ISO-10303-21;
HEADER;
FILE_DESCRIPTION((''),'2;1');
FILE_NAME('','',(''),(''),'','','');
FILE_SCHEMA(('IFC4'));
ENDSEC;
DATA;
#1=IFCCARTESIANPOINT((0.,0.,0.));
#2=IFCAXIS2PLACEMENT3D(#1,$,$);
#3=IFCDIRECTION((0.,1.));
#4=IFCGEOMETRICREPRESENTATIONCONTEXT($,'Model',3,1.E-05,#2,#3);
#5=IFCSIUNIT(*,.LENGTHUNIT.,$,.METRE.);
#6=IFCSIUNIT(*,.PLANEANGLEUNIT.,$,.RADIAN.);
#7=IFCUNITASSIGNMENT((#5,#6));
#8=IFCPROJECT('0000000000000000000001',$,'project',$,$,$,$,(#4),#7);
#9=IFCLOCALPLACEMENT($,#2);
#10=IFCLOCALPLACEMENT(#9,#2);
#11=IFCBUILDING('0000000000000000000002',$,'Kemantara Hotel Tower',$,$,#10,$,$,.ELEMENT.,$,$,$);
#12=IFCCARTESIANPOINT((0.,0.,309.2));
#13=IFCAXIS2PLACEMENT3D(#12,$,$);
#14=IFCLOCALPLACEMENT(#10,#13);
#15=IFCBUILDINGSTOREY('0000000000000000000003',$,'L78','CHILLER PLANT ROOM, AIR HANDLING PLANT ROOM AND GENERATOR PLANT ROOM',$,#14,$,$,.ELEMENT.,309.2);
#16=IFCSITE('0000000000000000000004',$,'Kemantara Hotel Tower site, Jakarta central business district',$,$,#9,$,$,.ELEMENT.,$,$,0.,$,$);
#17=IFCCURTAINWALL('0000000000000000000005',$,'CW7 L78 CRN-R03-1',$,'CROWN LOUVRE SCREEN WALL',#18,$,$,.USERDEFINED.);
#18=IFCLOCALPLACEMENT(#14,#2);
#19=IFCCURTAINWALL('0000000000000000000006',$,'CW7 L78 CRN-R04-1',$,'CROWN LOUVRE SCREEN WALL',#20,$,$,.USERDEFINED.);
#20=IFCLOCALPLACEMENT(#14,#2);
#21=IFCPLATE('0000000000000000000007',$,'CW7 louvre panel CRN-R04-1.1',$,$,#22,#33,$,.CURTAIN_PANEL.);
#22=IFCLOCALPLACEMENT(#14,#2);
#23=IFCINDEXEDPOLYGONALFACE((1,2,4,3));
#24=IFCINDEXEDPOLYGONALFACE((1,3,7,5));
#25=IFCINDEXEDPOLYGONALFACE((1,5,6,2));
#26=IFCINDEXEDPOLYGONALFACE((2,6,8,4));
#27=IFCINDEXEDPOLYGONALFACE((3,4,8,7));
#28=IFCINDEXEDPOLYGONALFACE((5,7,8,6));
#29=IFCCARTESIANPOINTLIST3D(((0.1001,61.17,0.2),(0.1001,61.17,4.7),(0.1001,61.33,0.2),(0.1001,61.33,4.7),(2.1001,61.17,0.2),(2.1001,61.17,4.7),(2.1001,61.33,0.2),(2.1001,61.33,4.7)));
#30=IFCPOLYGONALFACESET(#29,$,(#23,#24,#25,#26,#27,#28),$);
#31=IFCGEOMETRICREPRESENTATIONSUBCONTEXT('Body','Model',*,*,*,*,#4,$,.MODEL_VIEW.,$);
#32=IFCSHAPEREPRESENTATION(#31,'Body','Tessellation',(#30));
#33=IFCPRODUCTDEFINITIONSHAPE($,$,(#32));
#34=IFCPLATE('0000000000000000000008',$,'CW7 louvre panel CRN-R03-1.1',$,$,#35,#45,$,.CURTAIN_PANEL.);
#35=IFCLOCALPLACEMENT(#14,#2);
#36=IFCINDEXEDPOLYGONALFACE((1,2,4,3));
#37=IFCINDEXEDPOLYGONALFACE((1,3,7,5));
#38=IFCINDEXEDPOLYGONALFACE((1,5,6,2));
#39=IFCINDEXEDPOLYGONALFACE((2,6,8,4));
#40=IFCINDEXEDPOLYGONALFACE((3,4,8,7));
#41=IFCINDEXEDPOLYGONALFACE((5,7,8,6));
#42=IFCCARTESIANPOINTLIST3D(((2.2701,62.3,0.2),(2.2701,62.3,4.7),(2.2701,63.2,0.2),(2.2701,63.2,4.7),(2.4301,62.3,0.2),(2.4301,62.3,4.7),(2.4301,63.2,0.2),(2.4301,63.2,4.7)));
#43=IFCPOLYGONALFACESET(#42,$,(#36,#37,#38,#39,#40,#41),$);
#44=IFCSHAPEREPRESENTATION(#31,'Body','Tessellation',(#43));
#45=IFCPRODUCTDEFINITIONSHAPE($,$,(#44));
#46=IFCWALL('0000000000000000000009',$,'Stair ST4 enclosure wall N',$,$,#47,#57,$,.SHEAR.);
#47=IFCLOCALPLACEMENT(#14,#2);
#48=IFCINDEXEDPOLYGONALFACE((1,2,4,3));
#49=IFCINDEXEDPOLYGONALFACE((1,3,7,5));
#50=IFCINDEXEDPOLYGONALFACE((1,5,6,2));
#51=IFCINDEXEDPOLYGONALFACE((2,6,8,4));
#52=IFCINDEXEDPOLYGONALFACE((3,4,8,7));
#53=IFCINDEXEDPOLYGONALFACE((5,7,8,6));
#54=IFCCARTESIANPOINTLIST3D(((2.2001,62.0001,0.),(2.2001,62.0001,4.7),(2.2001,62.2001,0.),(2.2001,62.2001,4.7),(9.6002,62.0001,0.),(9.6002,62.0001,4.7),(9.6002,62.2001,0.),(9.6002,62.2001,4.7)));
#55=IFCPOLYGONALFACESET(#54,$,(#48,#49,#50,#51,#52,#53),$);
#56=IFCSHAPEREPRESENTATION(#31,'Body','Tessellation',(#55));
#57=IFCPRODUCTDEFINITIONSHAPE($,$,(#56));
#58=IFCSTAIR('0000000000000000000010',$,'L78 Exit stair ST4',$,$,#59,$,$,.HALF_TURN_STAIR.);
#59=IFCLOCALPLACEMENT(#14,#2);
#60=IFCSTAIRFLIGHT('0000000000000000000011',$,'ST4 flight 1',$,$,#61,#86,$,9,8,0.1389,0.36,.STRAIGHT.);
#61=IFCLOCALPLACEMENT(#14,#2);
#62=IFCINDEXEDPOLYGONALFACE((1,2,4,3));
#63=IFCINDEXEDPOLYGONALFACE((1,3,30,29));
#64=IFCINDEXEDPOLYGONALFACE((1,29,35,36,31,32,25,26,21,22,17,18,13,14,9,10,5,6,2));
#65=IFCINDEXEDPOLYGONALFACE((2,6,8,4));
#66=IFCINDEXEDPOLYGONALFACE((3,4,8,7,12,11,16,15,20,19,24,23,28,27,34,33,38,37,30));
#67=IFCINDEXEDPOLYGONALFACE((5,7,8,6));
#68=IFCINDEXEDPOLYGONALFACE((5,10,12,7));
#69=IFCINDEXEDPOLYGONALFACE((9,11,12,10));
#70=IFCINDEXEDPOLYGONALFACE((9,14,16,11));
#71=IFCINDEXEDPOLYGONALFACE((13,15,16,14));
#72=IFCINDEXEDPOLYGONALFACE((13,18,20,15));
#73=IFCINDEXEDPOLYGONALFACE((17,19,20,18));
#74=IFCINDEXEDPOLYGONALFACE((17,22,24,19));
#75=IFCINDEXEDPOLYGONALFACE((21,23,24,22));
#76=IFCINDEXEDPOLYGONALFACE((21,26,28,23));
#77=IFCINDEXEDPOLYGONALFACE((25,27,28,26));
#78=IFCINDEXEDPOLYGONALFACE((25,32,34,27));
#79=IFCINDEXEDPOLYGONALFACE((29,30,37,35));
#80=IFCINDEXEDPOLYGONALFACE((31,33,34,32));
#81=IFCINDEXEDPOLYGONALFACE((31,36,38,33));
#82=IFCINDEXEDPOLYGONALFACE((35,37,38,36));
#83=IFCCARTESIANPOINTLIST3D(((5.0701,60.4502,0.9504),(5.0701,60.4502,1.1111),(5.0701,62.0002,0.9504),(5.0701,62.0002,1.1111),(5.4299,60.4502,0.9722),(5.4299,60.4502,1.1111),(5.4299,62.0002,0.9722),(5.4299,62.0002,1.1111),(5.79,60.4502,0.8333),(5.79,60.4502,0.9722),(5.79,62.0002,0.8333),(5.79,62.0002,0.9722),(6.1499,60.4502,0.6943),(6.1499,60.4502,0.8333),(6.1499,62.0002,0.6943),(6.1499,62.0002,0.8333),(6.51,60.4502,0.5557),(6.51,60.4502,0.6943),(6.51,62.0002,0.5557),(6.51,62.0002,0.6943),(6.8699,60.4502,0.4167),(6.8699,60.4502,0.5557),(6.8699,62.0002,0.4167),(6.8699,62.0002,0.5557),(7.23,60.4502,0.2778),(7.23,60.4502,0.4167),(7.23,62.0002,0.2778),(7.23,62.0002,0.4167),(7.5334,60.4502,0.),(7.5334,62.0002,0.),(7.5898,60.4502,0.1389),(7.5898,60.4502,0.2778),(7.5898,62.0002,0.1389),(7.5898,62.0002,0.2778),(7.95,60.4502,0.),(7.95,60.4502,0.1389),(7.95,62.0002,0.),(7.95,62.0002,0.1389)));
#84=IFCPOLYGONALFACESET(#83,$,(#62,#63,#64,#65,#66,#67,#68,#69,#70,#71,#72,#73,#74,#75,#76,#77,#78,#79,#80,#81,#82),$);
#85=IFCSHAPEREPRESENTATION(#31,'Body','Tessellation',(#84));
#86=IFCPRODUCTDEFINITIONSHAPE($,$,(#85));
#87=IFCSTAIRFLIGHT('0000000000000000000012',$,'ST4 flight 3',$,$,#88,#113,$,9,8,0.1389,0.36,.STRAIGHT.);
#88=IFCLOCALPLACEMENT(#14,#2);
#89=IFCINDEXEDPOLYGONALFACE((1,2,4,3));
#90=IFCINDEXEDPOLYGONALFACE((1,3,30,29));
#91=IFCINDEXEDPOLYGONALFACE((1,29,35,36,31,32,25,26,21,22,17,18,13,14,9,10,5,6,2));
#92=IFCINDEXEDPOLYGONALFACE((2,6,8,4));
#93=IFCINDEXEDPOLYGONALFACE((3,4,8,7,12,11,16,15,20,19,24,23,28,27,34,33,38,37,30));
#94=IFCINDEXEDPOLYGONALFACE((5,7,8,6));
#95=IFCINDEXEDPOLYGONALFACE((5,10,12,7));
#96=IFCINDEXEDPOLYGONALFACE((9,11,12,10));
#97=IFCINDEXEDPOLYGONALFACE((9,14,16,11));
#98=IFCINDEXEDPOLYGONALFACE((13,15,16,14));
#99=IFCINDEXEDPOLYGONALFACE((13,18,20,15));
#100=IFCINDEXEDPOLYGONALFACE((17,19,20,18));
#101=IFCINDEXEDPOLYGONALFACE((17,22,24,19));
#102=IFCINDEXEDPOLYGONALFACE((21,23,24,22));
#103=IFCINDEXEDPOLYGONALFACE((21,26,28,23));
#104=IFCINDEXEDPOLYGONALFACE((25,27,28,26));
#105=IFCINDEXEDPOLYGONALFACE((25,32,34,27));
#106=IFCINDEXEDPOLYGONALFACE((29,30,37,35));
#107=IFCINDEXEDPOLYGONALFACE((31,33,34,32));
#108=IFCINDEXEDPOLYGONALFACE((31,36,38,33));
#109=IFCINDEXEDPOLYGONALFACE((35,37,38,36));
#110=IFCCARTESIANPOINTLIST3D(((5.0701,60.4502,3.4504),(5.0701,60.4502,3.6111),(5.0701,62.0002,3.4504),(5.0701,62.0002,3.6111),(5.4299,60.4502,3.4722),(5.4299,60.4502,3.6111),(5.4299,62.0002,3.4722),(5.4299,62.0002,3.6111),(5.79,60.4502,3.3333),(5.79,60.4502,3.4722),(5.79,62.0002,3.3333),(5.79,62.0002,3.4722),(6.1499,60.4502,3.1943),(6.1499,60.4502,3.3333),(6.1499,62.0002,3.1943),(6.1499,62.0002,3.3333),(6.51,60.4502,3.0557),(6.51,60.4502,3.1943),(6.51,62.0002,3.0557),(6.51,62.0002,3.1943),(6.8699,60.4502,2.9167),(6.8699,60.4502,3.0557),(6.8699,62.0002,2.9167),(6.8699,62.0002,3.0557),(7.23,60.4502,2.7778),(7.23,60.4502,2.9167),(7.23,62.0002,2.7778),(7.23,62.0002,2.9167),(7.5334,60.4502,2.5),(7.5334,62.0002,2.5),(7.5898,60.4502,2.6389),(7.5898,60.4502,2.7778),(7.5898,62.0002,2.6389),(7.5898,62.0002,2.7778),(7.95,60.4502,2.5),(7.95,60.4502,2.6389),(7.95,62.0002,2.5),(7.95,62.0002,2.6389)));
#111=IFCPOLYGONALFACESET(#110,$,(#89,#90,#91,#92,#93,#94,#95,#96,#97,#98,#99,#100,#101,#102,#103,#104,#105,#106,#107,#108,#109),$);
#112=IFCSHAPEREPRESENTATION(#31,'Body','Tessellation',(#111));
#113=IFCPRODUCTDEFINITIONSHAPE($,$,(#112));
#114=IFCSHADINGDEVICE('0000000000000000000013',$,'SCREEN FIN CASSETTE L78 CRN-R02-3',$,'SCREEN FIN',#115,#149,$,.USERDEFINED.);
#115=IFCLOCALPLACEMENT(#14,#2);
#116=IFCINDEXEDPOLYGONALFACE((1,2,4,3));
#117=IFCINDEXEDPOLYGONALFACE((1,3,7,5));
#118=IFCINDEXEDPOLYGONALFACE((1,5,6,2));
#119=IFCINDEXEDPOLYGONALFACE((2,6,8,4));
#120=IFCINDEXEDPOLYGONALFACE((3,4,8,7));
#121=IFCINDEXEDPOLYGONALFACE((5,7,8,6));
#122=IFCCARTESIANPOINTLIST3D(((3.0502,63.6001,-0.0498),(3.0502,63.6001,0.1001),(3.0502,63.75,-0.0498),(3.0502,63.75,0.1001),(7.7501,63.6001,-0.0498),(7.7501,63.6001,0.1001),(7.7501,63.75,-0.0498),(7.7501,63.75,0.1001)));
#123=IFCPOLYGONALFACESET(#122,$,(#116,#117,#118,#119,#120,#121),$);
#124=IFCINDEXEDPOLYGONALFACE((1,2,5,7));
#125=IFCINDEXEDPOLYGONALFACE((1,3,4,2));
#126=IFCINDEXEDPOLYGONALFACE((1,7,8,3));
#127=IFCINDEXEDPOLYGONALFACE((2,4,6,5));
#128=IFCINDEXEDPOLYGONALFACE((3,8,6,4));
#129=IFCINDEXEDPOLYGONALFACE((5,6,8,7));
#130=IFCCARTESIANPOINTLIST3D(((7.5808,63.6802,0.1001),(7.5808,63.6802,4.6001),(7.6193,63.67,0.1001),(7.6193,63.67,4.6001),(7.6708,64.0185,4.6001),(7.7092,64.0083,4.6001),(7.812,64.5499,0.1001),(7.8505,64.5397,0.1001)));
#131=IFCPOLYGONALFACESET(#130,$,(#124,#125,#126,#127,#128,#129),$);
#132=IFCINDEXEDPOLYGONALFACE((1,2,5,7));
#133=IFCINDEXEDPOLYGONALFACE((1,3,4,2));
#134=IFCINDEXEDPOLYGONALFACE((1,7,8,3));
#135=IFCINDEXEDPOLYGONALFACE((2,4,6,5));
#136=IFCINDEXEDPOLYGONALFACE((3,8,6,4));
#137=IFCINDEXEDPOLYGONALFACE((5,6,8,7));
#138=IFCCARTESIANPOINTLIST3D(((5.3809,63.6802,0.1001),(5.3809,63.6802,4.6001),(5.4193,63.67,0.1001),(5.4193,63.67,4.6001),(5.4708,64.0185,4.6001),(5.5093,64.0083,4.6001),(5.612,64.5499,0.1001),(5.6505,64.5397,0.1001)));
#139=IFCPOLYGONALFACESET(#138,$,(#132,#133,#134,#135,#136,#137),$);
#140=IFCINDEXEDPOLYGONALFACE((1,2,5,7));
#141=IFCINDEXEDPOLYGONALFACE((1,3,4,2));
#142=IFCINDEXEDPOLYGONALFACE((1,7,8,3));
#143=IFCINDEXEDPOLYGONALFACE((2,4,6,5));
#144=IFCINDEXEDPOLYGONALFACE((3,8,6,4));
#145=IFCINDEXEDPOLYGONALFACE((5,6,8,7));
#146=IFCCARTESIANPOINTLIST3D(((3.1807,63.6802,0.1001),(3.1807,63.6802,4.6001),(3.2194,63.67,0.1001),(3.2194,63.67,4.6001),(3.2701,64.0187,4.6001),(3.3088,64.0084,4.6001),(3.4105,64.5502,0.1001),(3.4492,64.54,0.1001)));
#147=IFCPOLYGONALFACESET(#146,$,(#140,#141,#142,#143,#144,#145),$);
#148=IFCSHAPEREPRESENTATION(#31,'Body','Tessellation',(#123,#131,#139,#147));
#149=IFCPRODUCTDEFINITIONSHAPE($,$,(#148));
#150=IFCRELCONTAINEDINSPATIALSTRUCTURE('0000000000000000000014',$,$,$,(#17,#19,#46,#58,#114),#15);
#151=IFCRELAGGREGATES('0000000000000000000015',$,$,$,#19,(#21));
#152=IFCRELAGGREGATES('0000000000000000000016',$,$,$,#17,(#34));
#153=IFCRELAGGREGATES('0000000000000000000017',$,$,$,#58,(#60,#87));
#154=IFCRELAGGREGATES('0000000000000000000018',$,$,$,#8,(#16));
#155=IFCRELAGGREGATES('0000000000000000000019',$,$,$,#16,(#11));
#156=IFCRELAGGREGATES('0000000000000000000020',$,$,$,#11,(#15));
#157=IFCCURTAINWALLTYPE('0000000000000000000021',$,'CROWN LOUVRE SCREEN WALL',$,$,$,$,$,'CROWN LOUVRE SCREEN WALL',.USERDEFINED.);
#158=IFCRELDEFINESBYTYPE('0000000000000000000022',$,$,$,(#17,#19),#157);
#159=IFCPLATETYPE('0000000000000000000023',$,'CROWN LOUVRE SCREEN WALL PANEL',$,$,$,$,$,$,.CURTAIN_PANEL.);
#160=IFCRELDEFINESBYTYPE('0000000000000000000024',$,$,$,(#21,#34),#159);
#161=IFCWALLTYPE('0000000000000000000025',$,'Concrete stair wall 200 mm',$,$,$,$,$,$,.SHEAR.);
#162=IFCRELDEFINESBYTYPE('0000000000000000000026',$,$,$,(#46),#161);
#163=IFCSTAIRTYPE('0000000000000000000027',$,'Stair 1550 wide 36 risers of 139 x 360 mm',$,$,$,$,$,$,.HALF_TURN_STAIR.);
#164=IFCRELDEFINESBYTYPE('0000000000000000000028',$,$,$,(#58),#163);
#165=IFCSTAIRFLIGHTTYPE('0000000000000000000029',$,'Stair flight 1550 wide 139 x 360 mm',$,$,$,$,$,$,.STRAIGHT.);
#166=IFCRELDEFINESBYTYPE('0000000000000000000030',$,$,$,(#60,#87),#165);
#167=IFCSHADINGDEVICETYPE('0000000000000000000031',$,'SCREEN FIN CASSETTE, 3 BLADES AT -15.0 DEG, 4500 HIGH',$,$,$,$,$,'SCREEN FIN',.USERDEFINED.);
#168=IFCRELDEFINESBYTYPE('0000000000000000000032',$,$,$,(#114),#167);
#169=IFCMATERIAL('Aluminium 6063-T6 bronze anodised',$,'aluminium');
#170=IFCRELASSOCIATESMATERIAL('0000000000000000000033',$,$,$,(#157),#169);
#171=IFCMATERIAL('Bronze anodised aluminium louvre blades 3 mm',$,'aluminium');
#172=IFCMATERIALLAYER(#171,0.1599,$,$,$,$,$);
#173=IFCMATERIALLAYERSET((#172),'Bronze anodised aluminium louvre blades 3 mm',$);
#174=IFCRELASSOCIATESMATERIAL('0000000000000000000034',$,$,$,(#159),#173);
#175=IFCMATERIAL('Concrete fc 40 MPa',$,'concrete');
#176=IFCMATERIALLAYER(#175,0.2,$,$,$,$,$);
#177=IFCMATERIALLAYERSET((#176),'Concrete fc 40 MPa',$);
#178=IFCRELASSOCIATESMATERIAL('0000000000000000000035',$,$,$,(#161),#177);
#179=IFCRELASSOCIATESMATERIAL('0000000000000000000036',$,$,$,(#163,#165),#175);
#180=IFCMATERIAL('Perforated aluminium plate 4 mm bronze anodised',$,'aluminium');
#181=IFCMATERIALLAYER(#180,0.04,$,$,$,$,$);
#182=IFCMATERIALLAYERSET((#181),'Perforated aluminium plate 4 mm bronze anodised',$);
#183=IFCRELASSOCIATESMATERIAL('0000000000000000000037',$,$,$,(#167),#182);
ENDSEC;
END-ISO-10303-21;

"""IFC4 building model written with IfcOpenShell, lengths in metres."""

from ifc_helpers import new_model, si_unit, direction, frame, frame_2d, origin, origin_2d, place, context, subcontext, project, spatial, polyline, rectangle, outline, extrude, source, transform, mapped, material, layer, layer_set, type_object, element, aggregate, save


model = new_model("IFC4")

# Units and contexts
model_context = context("Model", 3, precision=1e-05, world=origin(), true_north=direction((0.0, 1.0)))
body_context = subcontext(model_context, "Body", "Model", "MODEL_VIEW")
ifc_project = project(units=[si_unit("LENGTHUNIT", "METRE"), si_unit("PLANEANGLEUNIT", "RADIAN")], contexts=[model_context])

# Site, building, storey
site_placement = place(None, origin())
site = spatial("IfcSite", under=ifc_project, at=site_placement, Name="Kemantara Hotel Tower site, Jakarta central business district", CompositionType="ELEMENT", RefElevation=0.0)
building_placement = place(site_placement, origin())
building = spatial("IfcBuilding", under=site, at=building_placement, Name="Kemantara Hotel Tower", CompositionType="ELEMENT")
storey_placement = place(building_placement, frame((0.0, 0.0, 309.2)))
storey = spatial("IfcBuildingStorey", under=building, at=storey_placement, Name="L78", Description="CHILLER PLANT ROOM, AIR HANDLING PLANT ROOM AND GENERATOR PLANT ROOM", CompositionType="ELEMENT", Elevation=309.2)

# Curtain walls
ifc_material_1 = material(Name="Aluminium 6063-T6 bronze anodised", Category="aluminium")
curtain_wall_type = type_object("IfcCurtainWallType", Name="CROWN LOUVRE SCREEN WALL", ElementType="CROWN LOUVRE SCREEN WALL", PredefinedType="USERDEFINED", material=ifc_material_1)
curtain_wall_1_placement = place(storey_placement, origin())
curtain_wall_1 = element("IfcCurtainWall", 1, at=curtain_wall_1_placement, inside=storey, type_object=curtain_wall_type, Name="CW7 L78 CRN-R03-1", ObjectType="CROWN LOUVRE SCREEN WALL", PredefinedType="USERDEFINED")
curtain_wall_2_placement = place(storey_placement, origin())
curtain_wall_2 = element("IfcCurtainWall", 2, at=curtain_wall_2_placement, inside=storey, type_object=curtain_wall_type, Name="CW7 L78 CRN-R04-1", ObjectType="CROWN LOUVRE SCREEN WALL", PredefinedType="USERDEFINED")

# Plates
ifc_material_2 = material(Name="Bronze anodised aluminium louvre blades 3 mm", Category="aluminium")
ifc_layer_1 = layer(ifc_material_2, 0.1599)
ifc_layer_set_1 = layer_set([ifc_layer_1], Name="Bronze anodised aluminium louvre blades 3 mm")
plate_type = type_object("IfcPlateType", Name="CROWN LOUVRE SCREEN WALL PANEL", PredefinedType="CURTAIN_PANEL", material=ifc_layer_set_1)
shared_shape_1 = source(origin(), body_context, "Body", "SweptSolid", [
    extrude(rectangle(XDim=2.0, YDim=0.1599, at=origin_2d()), origin(), (0.0, 0.0, 1.0), 4.5),
])
plate_1_placement = place(storey_placement, frame((1.1001, 61.25, 0.2), z_axis=(0.0, 0.0, 1.0), x_axis=(-1.0, 0.0, 0.0)))
plate_1 = element("IfcPlate", 3, at=plate_1_placement, type_object=plate_type, Name="CW7 louvre panel CRN-R04-1.1", PredefinedType="CURTAIN_PANEL", context=body_context, shape_type="MappedRepresentation", body=[
    mapped(shared_shape_1, transform((0.0, 0.0, 0.0))),
])
aggregate(curtain_wall_2, [plate_1])
shared_shape_2 = source(origin(), body_context, "Body", "SweptSolid", [
    extrude(rectangle(XDim=0.8999, YDim=0.1599, at=origin_2d()), origin(), (0.0, 0.0, 1.0), 4.5),
])
plate_2_placement = place(storey_placement, frame((2.3501, 62.75, 0.2), z_axis=(0.0, 0.0, 1.0), x_axis=(0.0, -1.0, 0.0)))
plate_2 = element("IfcPlate", 4, at=plate_2_placement, type_object=plate_type, Name="CW7 louvre panel CRN-R03-1.1", PredefinedType="CURTAIN_PANEL", context=body_context, shape_type="MappedRepresentation", body=[
    mapped(shared_shape_2, transform((0.0, 0.0, 0.0))),
])
aggregate(curtain_wall_1, [plate_2])

# Wall
ifc_material_3 = material(Name="Concrete fc 40 MPa", Category="concrete")
ifc_layer_2 = layer(ifc_material_3, 0.2)
ifc_layer_set_2 = layer_set([ifc_layer_2], Name="Concrete fc 40 MPa")
wall_type = type_object("IfcWallType", Name="Concrete stair wall 200 mm", PredefinedType="SHEAR", material=ifc_layer_set_2)
wall_placement = place(storey_placement, frame((2.2, 62.1001, 0.0), z_axis=(0.0, 0.0, 1.0), x_axis=(1.0, 0.0, 0.0)))
element("IfcWall", 5, at=wall_placement, inside=storey, type_object=wall_type, Name="Stair ST4 enclosure wall N", PredefinedType="SHEAR", context=body_context, shape_type="SweptSolid", body=[
    extrude(rectangle(XDim=7.4001, YDim=0.2, at=frame_2d((3.7002, 0.0))), origin(), (0.0, 0.0, 1.0), 4.7),
])

# Stair, stair flights
stair_type = type_object("IfcStairType", Name="Stair 1550 wide 36 risers of 139 x 360 mm", PredefinedType="HALF_TURN_STAIR", material=ifc_material_3)
stair_placement = place(storey_placement, origin())
stair = element("IfcStair", 6, at=stair_placement, inside=storey, type_object=stair_type, Name="L78 Exit stair ST4", PredefinedType="HALF_TURN_STAIR")
stair_flight_type = type_object("IfcStairFlightType", Name="Stair flight 1550 wide 139 x 360 mm", PredefinedType="STRAIGHT", material=ifc_material_3)
stair_flight_1_placement = place(storey_placement, frame((7.95, 61.2251, 0.0), z_axis=(0.0, 0.0, 1.0), x_axis=(-1.0, 0.0, 0.0)))
stair_flight_1 = element("IfcStairFlight", 7, at=stair_flight_1_placement, type_object=stair_flight_type, Name="ST4 flight 1", NumberOfRisers=9, NumberOfTreads=8, PredefinedType="STRAIGHT", RiserHeight=0.1389, TreadLength=0.36, context=body_context, shape_type="SweptSolid", body=[
    extrude(outline(polyline([(0.0, 0.0), (0.0, 0.1389), (0.3601, 0.1389), (0.3601, 0.2778), (0.72, 0.2778), (0.72, 0.4167), (1.0801, 0.4167), (1.0801, 0.5557), (1.4399, 0.5557), (1.4399, 0.6943), (1.8, 0.6943), (1.8, 0.8333), (2.1599, 0.8333), (2.1599, 0.9722), (2.52, 0.9722), (2.52, 1.1111), (2.8799, 1.1111), (2.8799, 1.25), (2.8799, 0.9504), (0.4165, 0.0), (0.0, 0.0)])), frame((0.0, 0.7749, 0.0), z_axis=(0.0, -1.0, 0.0), x_axis=(1.0, 0.0, 0.0)), (0.0, 0.0, 1.0), 1.55),
])
stair_flight_2_placement = place(storey_placement, frame((7.95, 61.2251, 2.5), z_axis=(0.0, 0.0, 1.0), x_axis=(-1.0, 0.0, 0.0)))
stair_flight_2 = element("IfcStairFlight", 8, at=stair_flight_2_placement, type_object=stair_flight_type, Name="ST4 flight 3", NumberOfRisers=9, NumberOfTreads=8, PredefinedType="STRAIGHT", RiserHeight=0.1389, TreadLength=0.36, context=body_context, shape_type="SweptSolid", body=[
    extrude(outline(polyline([(0.0, 0.0), (0.0, 0.1389), (0.3601, 0.1389), (0.3601, 0.2778), (0.72, 0.2778), (0.72, 0.4167), (1.0801, 0.4167), (1.0801, 0.5557), (1.4399, 0.5557), (1.4399, 0.6943), (1.8, 0.6943), (1.8, 0.8333), (2.1599, 0.8333), (2.1599, 0.9722), (2.52, 0.9722), (2.52, 1.1111), (2.8799, 1.1111), (2.8799, 1.25), (2.8799, 0.9504), (0.4165, 0.0), (0.0, 0.0)])), frame((0.0, 0.7749, 0.0), z_axis=(0.0, -1.0, 0.0), x_axis=(1.0, 0.0, 0.0)), (0.0, 0.0, 1.0), 1.55),
])
aggregate(stair, [stair_flight_1, stair_flight_2])

# Shading device
ifc_material_4 = material(Name="Perforated aluminium plate 4 mm bronze anodised", Category="aluminium")
ifc_layer_3 = layer(ifc_material_4, 0.04)
ifc_layer_set_3 = layer_set([ifc_layer_3], Name="Perforated aluminium plate 4 mm bronze anodised")
shading_device_type_1 = type_object("IfcShadingDeviceType", Name="SCREEN FIN CASSETTE, 3 BLADES AT -15.0 DEG, 4500 HIGH", ElementType="SCREEN FIN", PredefinedType="USERDEFINED", material=ifc_layer_set_3)
shared_shape_3 = source(origin(), body_context, "Body", "SweptSolid", [
    extrude(rectangle(XDim=4.7, YDim=0.1499, at=origin_2d()), frame((2.2, -0.075, -0.1499), z_axis=(0.0, 0.0, 1.0), x_axis=(1.0, 0.0, 0.0)), (0.0, 0.0, 1.0), 0.1499),
    extrude(outline(polyline([(0.0, 0.0), (0.8999, 0.0), (0.3501, 4.5), (0.0, 4.5), (0.0, 0.0)])), frame((0.0193, -0.0801, 0.0), z_axis=(-0.966438, 0.256901, 0.0), x_axis=(-0.256901, -0.966438, 0.0)), (0.0, 0.0, 1.0), 0.0398),
    extrude(outline(polyline([(0.0, 0.0), (0.8999, 0.0), (0.3501, 4.5), (0.0, 4.5), (0.0, 0.0)])), frame((2.2192, -0.0801, 0.0), z_axis=(-0.966438, 0.256901, 0.0), x_axis=(-0.256901, -0.966438, 0.0)), (0.0, 0.0, 1.0), 0.0398),
    extrude(outline(polyline([(0.0, 0.0), (0.8999, 0.0), (0.3501, 4.5), (0.0, 4.5), (0.0, 0.0)])), frame((4.4194, -0.0801, 0.0), z_axis=(-0.966838, 0.255391, 0.0), x_axis=(-0.255391, -0.966838, 0.0)), (0.0, 0.0, 1.0), 0.04),
])
shading_device_1_placement = place(storey_placement, frame((7.6001, 63.6001, 0.1001), z_axis=(0.0, 0.0, 1.0), x_axis=(-1.0, 0.0, 0.0)))
element("IfcShadingDevice", 9, at=shading_device_1_placement, inside=storey, type_object=shading_device_type_1, Name="SCREEN FIN CASSETTE L78 CRN-R02-3", ObjectType="SCREEN FIN", PredefinedType="USERDEFINED", context=body_context, shape_type="MappedRepresentation", body=[
    mapped(shared_shape_3, transform((0.0, 0.0, 0.0))),
])

save(model, "model.ifc")
